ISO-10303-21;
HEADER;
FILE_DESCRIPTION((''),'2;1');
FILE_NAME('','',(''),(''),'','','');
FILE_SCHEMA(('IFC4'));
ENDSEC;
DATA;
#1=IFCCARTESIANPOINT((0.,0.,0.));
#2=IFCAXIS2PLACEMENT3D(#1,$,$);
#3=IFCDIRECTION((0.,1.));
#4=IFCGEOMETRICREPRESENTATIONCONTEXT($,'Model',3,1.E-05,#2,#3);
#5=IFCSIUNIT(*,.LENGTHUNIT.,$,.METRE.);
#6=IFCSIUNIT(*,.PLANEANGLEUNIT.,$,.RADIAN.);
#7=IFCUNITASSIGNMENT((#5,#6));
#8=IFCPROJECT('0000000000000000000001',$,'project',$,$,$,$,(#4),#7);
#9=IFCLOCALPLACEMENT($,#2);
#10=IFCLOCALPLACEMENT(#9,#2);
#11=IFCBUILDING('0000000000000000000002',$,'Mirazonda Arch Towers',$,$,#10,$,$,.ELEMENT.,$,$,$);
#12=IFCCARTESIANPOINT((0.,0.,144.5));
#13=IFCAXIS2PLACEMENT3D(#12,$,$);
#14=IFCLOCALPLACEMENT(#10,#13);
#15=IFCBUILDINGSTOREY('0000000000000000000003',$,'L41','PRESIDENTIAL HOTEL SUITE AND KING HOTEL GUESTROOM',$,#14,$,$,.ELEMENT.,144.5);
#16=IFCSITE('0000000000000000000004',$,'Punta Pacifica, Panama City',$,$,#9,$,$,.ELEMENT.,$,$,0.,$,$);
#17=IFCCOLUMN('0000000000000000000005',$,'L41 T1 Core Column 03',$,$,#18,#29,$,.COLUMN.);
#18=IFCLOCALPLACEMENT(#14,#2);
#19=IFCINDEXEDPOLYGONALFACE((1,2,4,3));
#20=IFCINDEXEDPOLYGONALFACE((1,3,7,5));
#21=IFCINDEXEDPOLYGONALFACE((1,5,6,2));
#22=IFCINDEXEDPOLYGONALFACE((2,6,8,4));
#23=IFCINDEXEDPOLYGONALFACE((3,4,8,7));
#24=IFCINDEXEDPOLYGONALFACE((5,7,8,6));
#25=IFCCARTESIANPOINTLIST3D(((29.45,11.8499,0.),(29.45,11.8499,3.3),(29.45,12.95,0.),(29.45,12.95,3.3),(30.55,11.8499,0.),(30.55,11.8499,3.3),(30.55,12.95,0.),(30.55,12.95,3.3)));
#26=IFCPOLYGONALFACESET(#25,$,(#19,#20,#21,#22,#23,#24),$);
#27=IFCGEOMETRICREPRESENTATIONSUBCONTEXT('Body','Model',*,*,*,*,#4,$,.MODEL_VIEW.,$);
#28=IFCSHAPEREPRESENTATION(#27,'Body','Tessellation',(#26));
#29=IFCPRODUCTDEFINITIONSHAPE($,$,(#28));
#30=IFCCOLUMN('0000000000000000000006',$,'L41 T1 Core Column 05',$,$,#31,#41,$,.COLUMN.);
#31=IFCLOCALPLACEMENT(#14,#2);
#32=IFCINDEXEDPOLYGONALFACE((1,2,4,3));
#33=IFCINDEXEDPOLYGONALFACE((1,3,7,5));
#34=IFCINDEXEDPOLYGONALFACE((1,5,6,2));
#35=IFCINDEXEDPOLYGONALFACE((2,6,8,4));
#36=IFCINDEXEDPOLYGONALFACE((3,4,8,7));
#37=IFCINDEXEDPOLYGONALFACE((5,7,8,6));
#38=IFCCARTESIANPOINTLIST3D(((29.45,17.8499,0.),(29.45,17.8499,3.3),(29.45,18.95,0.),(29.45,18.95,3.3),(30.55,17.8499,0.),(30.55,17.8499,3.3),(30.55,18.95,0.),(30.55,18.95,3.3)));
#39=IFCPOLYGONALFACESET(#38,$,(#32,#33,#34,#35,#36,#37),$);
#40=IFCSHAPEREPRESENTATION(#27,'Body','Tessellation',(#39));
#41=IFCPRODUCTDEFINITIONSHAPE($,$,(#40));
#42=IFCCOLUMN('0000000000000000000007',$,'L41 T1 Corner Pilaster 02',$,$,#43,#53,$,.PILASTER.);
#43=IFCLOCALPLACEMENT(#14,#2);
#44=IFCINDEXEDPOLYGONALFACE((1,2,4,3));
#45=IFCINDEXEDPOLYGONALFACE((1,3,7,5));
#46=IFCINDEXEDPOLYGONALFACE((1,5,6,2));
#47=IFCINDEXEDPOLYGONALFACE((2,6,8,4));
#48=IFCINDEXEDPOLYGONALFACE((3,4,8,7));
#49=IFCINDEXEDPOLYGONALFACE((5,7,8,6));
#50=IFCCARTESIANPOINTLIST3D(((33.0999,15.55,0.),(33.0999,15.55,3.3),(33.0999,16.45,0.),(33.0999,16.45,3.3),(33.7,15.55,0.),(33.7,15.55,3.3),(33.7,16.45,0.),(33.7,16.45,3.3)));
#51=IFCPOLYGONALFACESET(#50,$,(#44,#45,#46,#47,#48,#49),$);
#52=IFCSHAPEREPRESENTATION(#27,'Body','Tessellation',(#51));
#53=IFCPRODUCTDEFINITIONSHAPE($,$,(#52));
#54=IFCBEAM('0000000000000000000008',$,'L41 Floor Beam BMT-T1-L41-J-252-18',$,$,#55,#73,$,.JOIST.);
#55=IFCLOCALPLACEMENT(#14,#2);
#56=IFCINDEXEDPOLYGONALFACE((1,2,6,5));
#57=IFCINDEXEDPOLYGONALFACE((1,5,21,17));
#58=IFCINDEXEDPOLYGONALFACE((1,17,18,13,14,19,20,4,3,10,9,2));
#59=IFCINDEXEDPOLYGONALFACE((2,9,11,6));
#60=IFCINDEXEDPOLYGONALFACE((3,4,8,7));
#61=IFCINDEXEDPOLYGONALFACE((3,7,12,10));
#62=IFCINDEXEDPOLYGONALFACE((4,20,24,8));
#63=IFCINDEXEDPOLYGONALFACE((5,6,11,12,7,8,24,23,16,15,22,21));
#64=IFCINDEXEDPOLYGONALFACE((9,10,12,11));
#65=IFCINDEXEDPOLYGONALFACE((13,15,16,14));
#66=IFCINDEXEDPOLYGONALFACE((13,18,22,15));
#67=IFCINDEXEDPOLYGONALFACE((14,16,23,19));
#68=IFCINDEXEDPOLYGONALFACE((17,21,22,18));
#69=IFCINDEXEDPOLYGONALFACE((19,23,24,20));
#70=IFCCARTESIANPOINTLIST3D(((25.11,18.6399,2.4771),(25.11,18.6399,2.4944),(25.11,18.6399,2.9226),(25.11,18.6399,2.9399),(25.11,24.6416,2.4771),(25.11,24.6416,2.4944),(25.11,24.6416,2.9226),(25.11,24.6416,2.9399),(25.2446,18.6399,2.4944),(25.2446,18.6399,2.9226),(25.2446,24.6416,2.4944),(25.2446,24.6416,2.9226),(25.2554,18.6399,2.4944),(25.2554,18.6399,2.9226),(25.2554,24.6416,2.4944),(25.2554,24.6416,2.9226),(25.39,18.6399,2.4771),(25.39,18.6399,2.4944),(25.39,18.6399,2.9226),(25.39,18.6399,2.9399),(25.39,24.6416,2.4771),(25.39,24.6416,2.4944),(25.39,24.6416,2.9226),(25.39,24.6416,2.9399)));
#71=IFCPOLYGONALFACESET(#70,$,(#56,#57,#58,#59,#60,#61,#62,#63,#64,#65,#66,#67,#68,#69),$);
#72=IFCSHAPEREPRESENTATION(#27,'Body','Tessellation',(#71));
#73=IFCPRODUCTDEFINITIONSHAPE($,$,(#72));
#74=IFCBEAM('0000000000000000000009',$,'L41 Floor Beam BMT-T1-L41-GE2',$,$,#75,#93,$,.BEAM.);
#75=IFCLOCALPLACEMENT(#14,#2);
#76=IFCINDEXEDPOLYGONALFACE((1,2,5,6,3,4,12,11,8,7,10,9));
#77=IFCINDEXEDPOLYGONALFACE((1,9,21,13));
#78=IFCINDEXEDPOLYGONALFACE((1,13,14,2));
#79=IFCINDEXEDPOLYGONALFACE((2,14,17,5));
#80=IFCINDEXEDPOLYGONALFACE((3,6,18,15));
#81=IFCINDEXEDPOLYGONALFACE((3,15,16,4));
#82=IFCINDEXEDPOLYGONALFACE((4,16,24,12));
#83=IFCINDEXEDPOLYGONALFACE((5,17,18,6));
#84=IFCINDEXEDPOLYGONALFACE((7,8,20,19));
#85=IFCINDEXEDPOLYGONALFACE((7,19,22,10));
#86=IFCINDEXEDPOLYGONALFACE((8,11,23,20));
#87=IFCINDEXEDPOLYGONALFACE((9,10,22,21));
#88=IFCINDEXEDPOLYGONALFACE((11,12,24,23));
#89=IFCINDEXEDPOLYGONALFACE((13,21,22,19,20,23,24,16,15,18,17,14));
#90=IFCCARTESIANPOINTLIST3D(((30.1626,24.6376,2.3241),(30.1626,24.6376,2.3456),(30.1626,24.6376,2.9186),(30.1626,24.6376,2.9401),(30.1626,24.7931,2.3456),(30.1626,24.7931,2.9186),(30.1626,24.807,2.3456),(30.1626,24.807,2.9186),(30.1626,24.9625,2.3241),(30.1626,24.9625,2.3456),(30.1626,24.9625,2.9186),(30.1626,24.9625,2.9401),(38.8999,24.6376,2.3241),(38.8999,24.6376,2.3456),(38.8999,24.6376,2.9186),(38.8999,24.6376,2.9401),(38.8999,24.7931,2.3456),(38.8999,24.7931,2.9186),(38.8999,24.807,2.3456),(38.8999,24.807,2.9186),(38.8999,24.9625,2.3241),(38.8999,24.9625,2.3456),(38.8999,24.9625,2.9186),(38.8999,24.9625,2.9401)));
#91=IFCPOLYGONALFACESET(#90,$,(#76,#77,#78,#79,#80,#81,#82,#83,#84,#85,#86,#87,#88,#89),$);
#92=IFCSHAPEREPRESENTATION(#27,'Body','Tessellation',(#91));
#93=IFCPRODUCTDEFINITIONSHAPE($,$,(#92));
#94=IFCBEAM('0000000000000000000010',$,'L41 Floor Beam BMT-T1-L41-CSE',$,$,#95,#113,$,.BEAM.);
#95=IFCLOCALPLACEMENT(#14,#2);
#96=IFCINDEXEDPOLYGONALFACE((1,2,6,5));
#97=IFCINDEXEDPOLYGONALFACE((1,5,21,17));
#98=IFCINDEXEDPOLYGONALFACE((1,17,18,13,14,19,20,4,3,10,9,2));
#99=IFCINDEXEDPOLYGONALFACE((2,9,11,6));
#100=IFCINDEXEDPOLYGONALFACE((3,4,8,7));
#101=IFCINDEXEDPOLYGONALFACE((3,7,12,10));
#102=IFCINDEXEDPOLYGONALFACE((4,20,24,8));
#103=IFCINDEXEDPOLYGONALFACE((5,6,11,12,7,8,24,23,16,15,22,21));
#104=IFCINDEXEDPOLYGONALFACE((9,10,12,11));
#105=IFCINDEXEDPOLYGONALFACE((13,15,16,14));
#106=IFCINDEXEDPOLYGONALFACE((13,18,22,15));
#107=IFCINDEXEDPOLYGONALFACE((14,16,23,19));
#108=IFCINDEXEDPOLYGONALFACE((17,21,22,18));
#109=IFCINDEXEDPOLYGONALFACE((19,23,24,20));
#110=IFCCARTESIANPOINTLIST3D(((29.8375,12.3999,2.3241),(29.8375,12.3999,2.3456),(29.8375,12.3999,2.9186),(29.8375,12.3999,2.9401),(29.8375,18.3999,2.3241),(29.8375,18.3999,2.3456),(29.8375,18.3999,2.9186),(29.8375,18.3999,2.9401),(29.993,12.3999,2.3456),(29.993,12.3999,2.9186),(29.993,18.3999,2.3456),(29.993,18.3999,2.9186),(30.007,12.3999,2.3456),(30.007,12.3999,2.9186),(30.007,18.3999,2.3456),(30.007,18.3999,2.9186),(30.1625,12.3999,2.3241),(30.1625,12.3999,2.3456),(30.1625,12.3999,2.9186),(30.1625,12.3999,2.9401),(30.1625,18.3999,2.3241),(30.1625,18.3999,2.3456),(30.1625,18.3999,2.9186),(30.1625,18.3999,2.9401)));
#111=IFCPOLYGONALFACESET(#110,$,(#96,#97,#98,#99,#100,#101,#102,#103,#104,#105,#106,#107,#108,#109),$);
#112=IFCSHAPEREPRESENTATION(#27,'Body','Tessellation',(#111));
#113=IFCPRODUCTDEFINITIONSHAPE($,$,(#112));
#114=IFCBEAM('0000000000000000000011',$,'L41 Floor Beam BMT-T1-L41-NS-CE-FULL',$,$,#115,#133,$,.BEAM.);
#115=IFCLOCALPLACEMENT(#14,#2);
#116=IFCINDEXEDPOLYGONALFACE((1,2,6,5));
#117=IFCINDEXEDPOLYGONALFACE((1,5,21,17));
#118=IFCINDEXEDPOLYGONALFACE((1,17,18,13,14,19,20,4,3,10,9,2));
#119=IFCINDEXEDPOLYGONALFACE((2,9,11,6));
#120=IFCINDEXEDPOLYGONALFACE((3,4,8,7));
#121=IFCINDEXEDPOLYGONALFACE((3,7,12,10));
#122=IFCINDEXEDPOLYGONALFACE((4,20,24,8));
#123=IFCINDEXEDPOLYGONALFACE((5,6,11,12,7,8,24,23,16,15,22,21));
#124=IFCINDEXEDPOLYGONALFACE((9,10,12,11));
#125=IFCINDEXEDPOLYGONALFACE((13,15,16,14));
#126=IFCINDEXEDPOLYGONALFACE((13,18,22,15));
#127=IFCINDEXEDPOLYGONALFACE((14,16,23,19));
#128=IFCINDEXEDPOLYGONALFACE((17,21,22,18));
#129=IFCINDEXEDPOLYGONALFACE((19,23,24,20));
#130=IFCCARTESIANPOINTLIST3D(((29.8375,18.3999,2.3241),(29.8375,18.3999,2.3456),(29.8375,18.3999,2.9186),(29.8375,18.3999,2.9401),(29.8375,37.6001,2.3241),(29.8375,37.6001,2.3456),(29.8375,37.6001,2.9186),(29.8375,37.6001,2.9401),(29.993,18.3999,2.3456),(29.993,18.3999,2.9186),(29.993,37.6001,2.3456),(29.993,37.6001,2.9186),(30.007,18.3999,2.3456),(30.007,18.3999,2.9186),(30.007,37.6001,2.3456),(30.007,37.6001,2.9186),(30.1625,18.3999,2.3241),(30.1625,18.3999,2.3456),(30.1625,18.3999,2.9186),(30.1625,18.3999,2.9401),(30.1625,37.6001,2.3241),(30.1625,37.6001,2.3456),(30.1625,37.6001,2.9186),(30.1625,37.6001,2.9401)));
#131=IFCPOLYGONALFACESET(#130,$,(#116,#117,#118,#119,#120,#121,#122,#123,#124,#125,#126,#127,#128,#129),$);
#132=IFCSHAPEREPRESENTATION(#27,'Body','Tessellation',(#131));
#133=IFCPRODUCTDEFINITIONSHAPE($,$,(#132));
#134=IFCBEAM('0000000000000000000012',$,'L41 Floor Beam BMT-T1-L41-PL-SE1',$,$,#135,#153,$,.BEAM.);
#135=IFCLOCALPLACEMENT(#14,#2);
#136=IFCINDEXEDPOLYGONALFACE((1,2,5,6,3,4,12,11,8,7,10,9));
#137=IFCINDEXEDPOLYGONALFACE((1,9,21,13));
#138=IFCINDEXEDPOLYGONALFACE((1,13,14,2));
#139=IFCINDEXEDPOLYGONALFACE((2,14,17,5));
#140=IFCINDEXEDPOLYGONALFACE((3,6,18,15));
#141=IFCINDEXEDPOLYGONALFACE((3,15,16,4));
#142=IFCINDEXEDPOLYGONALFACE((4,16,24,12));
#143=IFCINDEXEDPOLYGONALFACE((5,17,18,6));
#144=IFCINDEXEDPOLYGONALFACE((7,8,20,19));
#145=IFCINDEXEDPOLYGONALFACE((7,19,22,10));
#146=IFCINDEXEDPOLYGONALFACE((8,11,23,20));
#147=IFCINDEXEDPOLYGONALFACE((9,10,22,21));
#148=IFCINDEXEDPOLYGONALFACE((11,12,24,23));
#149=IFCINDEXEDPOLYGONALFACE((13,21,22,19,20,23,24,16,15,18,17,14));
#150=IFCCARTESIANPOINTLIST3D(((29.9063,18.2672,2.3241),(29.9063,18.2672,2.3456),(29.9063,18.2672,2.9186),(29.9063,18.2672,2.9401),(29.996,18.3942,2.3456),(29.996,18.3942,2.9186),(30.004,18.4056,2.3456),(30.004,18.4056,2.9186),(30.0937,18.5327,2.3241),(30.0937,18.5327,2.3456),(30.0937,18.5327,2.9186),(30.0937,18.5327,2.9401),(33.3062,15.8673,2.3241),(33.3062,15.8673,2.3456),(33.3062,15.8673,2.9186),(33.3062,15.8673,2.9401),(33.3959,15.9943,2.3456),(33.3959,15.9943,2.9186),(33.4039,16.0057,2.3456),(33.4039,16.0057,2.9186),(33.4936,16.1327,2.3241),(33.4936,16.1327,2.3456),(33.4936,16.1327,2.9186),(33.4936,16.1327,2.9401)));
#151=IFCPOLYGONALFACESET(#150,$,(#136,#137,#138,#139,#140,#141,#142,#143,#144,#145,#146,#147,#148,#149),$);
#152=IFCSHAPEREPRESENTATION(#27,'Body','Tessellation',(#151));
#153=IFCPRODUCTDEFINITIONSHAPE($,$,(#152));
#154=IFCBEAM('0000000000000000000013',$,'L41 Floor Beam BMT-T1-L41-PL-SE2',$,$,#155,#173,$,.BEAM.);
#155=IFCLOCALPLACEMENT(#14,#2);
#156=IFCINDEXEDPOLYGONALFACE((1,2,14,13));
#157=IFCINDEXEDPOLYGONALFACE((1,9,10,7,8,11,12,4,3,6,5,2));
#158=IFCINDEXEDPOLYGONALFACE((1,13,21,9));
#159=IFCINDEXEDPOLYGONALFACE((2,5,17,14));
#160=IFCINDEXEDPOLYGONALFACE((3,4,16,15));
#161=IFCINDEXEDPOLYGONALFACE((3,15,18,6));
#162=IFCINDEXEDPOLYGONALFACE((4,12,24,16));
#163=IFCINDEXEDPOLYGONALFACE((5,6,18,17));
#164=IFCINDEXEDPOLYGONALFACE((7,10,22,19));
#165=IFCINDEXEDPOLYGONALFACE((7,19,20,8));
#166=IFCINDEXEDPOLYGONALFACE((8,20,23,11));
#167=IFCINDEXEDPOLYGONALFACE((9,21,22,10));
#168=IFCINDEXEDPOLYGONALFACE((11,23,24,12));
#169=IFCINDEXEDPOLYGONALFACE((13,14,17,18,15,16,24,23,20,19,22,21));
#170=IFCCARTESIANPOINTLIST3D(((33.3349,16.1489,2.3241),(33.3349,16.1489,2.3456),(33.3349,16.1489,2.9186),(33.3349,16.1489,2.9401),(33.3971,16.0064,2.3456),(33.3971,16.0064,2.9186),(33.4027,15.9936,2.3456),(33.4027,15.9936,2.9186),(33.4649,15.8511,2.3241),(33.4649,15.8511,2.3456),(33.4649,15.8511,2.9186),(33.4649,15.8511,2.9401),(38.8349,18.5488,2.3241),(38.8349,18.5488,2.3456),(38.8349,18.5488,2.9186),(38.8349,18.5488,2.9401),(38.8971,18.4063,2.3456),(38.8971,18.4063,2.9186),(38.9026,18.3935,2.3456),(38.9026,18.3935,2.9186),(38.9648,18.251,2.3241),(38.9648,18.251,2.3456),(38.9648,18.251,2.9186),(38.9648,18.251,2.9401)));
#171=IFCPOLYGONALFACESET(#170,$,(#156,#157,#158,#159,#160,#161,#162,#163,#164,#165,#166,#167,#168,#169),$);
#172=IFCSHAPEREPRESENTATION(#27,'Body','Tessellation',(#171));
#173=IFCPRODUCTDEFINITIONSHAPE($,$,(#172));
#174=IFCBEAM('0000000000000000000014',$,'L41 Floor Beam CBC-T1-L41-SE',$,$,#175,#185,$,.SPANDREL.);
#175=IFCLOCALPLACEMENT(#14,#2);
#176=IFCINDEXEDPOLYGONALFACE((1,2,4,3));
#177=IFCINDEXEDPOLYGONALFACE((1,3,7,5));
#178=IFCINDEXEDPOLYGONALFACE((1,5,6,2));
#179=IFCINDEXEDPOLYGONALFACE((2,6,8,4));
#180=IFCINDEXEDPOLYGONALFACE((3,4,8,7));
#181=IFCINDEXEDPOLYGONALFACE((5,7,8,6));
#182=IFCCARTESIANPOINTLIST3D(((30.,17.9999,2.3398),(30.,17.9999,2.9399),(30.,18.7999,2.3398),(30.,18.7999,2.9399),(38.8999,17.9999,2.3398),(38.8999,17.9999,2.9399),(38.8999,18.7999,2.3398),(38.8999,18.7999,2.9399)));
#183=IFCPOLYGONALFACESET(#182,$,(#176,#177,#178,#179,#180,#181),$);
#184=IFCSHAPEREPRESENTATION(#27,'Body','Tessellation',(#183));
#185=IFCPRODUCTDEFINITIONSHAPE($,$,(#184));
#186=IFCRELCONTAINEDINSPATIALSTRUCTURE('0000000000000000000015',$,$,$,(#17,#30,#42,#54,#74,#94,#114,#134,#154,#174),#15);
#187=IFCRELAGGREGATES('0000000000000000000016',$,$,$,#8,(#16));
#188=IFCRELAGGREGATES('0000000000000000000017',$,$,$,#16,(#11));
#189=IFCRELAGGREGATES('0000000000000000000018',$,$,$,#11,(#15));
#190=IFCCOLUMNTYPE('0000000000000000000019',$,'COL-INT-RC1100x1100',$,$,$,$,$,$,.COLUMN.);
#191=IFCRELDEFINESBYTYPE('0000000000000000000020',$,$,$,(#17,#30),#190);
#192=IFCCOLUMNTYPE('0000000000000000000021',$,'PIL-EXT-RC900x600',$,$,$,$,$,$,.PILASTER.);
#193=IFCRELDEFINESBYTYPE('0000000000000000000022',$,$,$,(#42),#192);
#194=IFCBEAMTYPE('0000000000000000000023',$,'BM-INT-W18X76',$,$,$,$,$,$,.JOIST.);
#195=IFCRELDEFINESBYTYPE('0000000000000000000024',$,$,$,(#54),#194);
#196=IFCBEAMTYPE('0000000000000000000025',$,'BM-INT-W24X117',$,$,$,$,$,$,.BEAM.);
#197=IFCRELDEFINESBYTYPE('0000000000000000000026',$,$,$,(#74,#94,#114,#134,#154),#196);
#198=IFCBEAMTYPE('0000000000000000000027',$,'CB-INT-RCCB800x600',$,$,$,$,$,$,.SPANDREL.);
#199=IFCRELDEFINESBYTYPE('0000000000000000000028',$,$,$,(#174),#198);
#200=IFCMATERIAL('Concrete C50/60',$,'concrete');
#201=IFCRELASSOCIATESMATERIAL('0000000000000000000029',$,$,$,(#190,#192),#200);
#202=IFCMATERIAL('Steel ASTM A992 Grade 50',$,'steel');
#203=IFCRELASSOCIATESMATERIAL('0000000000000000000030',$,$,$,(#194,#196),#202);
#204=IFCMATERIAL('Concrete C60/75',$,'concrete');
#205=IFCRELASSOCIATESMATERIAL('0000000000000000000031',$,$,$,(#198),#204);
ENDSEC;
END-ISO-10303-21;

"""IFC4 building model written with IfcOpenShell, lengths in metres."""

from ifc_helpers import new_model, si_unit, direction, frame, origin, origin_2d, place, context, subcontext, project, spatial, rectangle, i_section, extrude, material, material_profile, profile_set, type_object, element, save


model = new_model("IFC4")

# Units and contexts
model_context = context("Model", 3, precision=1e-05, world=origin(), true_north=direction((0.0, 1.0)))
body_context = subcontext(model_context, "Body", "Model", "MODEL_VIEW")
ifc_project = project(units=[si_unit("LENGTHUNIT", "METRE"), si_unit("PLANEANGLEUNIT", "RADIAN")], contexts=[model_context])

# Site, building, storey
site_placement = place(None, origin())
site = spatial("IfcSite", under=ifc_project, at=site_placement, Name="Punta Pacifica, Panama City", CompositionType="ELEMENT", RefElevation=0.0)
building_placement = place(site_placement, origin())
building = spatial("IfcBuilding", under=site, at=building_placement, Name="Mirazonda Arch Towers", CompositionType="ELEMENT")
storey_placement = place(building_placement, frame((0.0, 0.0, 144.5)))
storey = spatial("IfcBuildingStorey", under=building, at=storey_placement, Name="L41", Description="PRESIDENTIAL HOTEL SUITE AND KING HOTEL GUESTROOM", CompositionType="ELEMENT", Elevation=144.5)

# Columns
ifc_material_1 = material(Name="Concrete C50/60", Category="concrete")
ifc_material_profile_1 = material_profile(ifc_material_1, rectangle(XDim=1.1001, YDim=1.1001, at=origin_2d()), Name="RC1100x1100")
ifc_profile_set_1 = profile_set([ifc_material_profile_1], Name="Concrete C50/60")
column_type_1 = type_object("IfcColumnType", Name="COL-INT-RC1100x1100", PredefinedType="COLUMN", material=ifc_profile_set_1)
for number, where, z_axis, x_axis, name in (
    (1, (30.0, 12.3999, 0.0), (0.0, 0.0, 1.0), (1.0, 0.0, 0.0), "L41 T1 Core Column 03"),
    (2, (30.0, 18.3999, 0.0), (0.0, 0.0, 1.0), (1.0, 0.0, 0.0), "L41 T1 Core Column 05"),
):
    element("IfcColumn", number, at=place(storey_placement, frame(where, z_axis=z_axis, x_axis=x_axis)), inside=storey, type_object=column_type_1, Name=name, PredefinedType="COLUMN", context=body_context, shape_type="SweptSolid", body=[
        extrude(rectangle(XDim=1.1001, YDim=1.1001, at=origin_2d()), origin(), (0.0, 0.0, 1.0), 3.3),
    ])
ifc_material_profile_2 = material_profile(ifc_material_1, rectangle(XDim=0.6001, YDim=0.8999, at=origin_2d()), Name="RC900x600")
ifc_profile_set_2 = profile_set([ifc_material_profile_2], Name="Concrete C50/60")
column_type_2 = type_object("IfcColumnType", Name="PIL-EXT-RC900x600", PredefinedType="PILASTER", material=ifc_profile_set_2)
column_placement = place(storey_placement, frame((33.3999, 16.0, 0.0), z_axis=(0.0, 0.0, 1.0), x_axis=(1.0, 0.0, 0.0)))
element("IfcColumn", 3, at=column_placement, inside=storey, type_object=column_type_2, Name="L41 T1 Corner Pilaster 02", PredefinedType="PILASTER", context=body_context, shape_type="SweptSolid", body=[
    extrude(rectangle(XDim=0.6001, YDim=0.8999, at=origin_2d()), origin(), (0.0, 0.0, 1.0), 3.3),
])

# Beams
ifc_material_2 = material(Name="Steel ASTM A992 Grade 50", Category="steel")
ifc_material_profile_3 = material_profile(ifc_material_2, i_section(OverallWidth=0.28, OverallDepth=0.4629, WebThickness=0.0107, FlangeThickness=0.0173, at=origin_2d()), Name="W18X76")
ifc_profile_set_3 = profile_set([ifc_material_profile_3], Name="Steel ASTM A992 Grade 50")
beam_type_1 = type_object("IfcBeamType", Name="BM-INT-W18X76", PredefinedType="JOIST", material=ifc_profile_set_3)
beam_1_placement = place(storey_placement, frame((25.25, 18.6399, 2.7085), z_axis=(0.0, 1.0, 0.0), x_axis=(-1.0, 0.0, 0.0)))
element("IfcBeam", 4, at=beam_1_placement, inside=storey, type_object=beam_type_1, Name="L41 Floor Beam BMT-T1-L41-J-252-18", PredefinedType="JOIST", context=body_context, shape_type="SweptSolid", body=[
    extrude(i_section(OverallWidth=0.28, OverallDepth=0.4629, WebThickness=0.0107, FlangeThickness=0.0173, at=origin_2d()), origin(), (0.0, 0.0, 1.0), 6.0017),
])
ifc_material_profile_4 = material_profile(ifc_material_2, i_section(OverallWidth=0.325, OverallDepth=0.616, WebThickness=0.0139, FlangeThickness=0.0215, at=origin_2d()), Name="W24X117")
ifc_profile_set_4 = profile_set([ifc_material_profile_4], Name="Steel ASTM A992 Grade 50")
beam_type_2 = type_object("IfcBeamType", Name="BM-INT-W24X117", PredefinedType="BEAM", material=ifc_profile_set_4)
beam_2_placement = place(storey_placement, frame((30.1626, 24.8, 2.6321), z_axis=(1.0, 0.0, 0.0), x_axis=(0.0, 1.0, 0.0)))
element("IfcBeam", 5, at=beam_2_placement, inside=storey, type_object=beam_type_2, Name="L41 Floor Beam BMT-T1-L41-GE2", PredefinedType="BEAM", context=body_context, shape_type="SweptSolid", body=[
    extrude(i_section(OverallWidth=0.325, OverallDepth=0.616, WebThickness=0.0139, FlangeThickness=0.0215, at=origin_2d()), origin(), (0.0, 0.0, 1.0), 8.7373),
])
beam_3_placement = place(storey_placement, frame((30.0, 12.3999, 2.6321), z_axis=(0.0, 1.0, 0.0), x_axis=(-1.0, 0.0, 0.0)))
element("IfcBeam", 6, at=beam_3_placement, inside=storey, type_object=beam_type_2, Name="L41 Floor Beam BMT-T1-L41-CSE", PredefinedType="BEAM", context=body_context, shape_type="SweptSolid", body=[
    extrude(i_section(OverallWidth=0.325, OverallDepth=0.616, WebThickness=0.0139, FlangeThickness=0.0215, at=origin_2d()), origin(), (0.0, 0.0, 1.0), 6.0),
])
beam_4_placement = place(storey_placement, frame((30.0, 18.3999, 2.6321), z_axis=(0.0, 1.0, 0.0), x_axis=(-1.0, 0.0, 0.0)))
element("IfcBeam", 7, at=beam_4_placement, inside=storey, type_object=beam_type_2, Name="L41 Floor Beam BMT-T1-L41-NS-CE-FULL", PredefinedType="BEAM", context=body_context, shape_type="SweptSolid", body=[
    extrude(i_section(OverallWidth=0.325, OverallDepth=0.616, WebThickness=0.0139, FlangeThickness=0.0215, at=origin_2d()), origin(), (0.0, 0.0, 1.0), 19.2002),
])
beam_5_placement = place(storey_placement, frame((33.3999, 16.0, 2.6321), z_axis=(-0.816971, 0.576679, 0.0), x_axis=(-0.576679, -0.816971, 0.0)))
element("IfcBeam", 8, at=beam_5_placement, inside=storey, type_object=beam_type_2, Name="L41 Floor Beam BMT-T1-L41-PL-SE1", PredefinedType="BEAM", context=body_context, shape_type="SweptSolid", body=[
    extrude(i_section(OverallWidth=0.325, OverallDepth=0.616, WebThickness=0.0139, FlangeThickness=0.0215, at=origin_2d()), origin(), (0.0, 0.0, 1.0), 4.1616),
])
beam_6_placement = place(storey_placement, frame((33.3999, 16.0, 2.6321), z_axis=(0.916545, 0.399931, 0.0), x_axis=(-0.399931, 0.916545, 0.0)))
element("IfcBeam", 9, at=beam_6_placement, inside=storey, type_object=beam_type_2, Name="L41 Floor Beam BMT-T1-L41-PL-SE2", PredefinedType="BEAM", context=body_context, shape_type="SweptSolid", body=[
    extrude(i_section(OverallWidth=0.325, OverallDepth=0.616, WebThickness=0.0139, FlangeThickness=0.0215, at=origin_2d()), origin(), (0.0, 0.0, 1.0), 6.0007),
])
ifc_material_3 = material(Name="Concrete C60/75", Category="concrete")
ifc_material_profile_5 = material_profile(ifc_material_3, rectangle(XDim=0.8, YDim=0.6001, at=origin_2d()), Name="RCCB800x600")
ifc_profile_set_5 = profile_set([ifc_material_profile_5], Name="Concrete C60/75")
beam_type_3 = type_object("IfcBeamType", Name="CB-INT-RCCB800x600", PredefinedType="SPANDREL", material=ifc_profile_set_5)
beam_7_placement = place(storey_placement, frame((30.0, 18.3999, 2.6399), z_axis=(1.0, 0.0, 0.0), x_axis=(0.0, 1.0, 0.0)))
element("IfcBeam", 10, at=beam_7_placement, inside=storey, type_object=beam_type_3, Name="L41 Floor Beam CBC-T1-L41-SE", PredefinedType="SPANDREL", context=body_context, shape_type="SweptSolid", body=[
    extrude(rectangle(XDim=0.8, YDim=0.6001, at=origin_2d()), origin(), (0.0, 0.0, 1.0), 8.8999),
])

save(model, "model.ifc")
